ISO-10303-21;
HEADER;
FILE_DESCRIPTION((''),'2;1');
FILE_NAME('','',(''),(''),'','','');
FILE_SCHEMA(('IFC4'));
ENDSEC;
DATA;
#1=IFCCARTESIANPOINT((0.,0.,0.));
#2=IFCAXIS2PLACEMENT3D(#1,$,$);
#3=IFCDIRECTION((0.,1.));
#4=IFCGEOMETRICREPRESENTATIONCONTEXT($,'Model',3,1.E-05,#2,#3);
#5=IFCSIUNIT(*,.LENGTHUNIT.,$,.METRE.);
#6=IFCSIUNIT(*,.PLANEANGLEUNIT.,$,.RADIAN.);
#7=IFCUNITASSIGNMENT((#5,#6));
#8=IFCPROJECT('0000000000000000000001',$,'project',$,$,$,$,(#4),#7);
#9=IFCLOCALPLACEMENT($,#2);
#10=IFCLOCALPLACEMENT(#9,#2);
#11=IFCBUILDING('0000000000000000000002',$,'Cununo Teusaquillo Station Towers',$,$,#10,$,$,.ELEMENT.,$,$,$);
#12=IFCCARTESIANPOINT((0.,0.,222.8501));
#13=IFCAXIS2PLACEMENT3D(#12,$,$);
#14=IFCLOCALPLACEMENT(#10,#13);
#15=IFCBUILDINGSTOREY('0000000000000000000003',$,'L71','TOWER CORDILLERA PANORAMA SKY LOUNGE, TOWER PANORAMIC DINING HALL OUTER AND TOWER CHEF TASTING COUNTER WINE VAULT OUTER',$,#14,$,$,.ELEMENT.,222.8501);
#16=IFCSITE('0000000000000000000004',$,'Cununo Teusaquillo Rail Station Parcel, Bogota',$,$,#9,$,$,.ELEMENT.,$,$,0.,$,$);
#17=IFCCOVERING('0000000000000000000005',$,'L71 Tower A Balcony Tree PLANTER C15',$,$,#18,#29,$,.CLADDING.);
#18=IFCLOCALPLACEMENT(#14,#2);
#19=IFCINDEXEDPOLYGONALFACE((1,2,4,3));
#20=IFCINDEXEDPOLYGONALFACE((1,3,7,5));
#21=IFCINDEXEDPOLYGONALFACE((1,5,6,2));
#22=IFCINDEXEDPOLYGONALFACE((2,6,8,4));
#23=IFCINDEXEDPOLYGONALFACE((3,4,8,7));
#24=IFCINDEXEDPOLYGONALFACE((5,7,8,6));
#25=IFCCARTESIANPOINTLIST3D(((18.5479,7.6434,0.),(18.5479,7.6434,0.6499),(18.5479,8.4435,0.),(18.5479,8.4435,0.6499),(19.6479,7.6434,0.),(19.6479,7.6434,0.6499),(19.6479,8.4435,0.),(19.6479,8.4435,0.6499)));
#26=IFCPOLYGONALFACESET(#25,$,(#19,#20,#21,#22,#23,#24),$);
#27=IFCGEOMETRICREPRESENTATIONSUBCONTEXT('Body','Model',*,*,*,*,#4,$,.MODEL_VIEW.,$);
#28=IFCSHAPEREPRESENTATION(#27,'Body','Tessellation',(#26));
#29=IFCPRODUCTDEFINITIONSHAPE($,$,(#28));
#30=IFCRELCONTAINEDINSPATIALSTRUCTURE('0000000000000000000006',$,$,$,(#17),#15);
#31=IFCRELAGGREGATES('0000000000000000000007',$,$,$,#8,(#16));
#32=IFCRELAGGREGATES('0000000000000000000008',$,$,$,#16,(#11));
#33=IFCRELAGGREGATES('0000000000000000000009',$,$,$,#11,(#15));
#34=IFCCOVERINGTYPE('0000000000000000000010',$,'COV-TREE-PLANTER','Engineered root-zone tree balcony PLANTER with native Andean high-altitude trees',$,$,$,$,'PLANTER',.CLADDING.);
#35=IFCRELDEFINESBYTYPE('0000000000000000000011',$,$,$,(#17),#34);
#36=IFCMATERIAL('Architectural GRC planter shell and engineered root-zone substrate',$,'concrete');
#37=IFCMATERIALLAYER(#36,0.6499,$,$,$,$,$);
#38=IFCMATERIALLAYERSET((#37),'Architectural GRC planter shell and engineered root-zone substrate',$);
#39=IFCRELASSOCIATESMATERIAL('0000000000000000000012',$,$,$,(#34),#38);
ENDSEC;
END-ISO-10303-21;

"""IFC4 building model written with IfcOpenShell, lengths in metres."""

from ifc_helpers import new_model, si_unit, direction, frame, origin, origin_2d, place, context, subcontext, project, spatial, rectangle, extrude, source, transform, mapped, material, layer, layer_set, type_object, element, save


model = new_model("IFC4")

# Units and contexts
model_context = context("Model", 3, precision=1e-05, world=origin(), true_north=direction((0.0, 1.0)))
body_context = subcontext(model_context, "Body", "Model", "MODEL_VIEW")
ifc_project = project(units=[si_unit("LENGTHUNIT", "METRE"), si_unit("PLANEANGLEUNIT", "RADIAN")], contexts=[model_context])

# Site, building, storey
site_placement = place(None, origin())
site = spatial("IfcSite", under=ifc_project, at=site_placement, Name="Cununo Teusaquillo Rail Station Parcel, Bogota", CompositionType="ELEMENT", RefElevation=0.0)
building_placement = place(site_placement, origin())
building = spatial("IfcBuilding", under=site, at=building_placement, Name="Cununo Teusaquillo Station Towers", CompositionType="ELEMENT")
storey_placement = place(building_placement, frame((0.0, 0.0, 222.8501)))
storey = spatial("IfcBuildingStorey", under=building, at=storey_placement, Name="L71", Description="TOWER CORDILLERA PANORAMA SKY LOUNGE, TOWER PANORAMIC DINING HALL OUTER AND TOWER CHEF TASTING COUNTER WINE VAULT OUTER", CompositionType="ELEMENT", Elevation=222.8501)

# Covering
ifc_material_1 = material(Name="Architectural GRC planter shell and engineered root-zone substrate", Category="concrete")
ifc_layer_1 = layer(ifc_material_1, 0.6499)
ifc_layer_set_1 = layer_set([ifc_layer_1], Name="Architectural GRC planter shell and engineered root-zone substrate")
covering_type = type_object("IfcCoveringType", Name="COV-TREE-PLANTER", Description="Engineered root-zone tree balcony PLANTER with native Andean high-altitude trees", ElementType="PLANTER", PredefinedType="CLADDING", material=ifc_layer_set_1)
shared_shape_1 = source(origin(), body_context, "Body", "SweptSolid", [
    extrude(rectangle(XDim=1.1001, YDim=0.8, at=origin_2d()), origin(), (0.0, 0.0, 1.0), 0.6499),
])
covering_placement = place(storey_placement, frame((19.0979, 8.0435, 0.0), z_axis=(0.0, 0.0, 1.0), x_axis=(1.0, 0.0, 0.0)))
element("IfcCovering", 1, at=covering_placement, inside=storey, type_object=covering_type, Name="L71 Tower A Balcony Tree PLANTER C15", PredefinedType="CLADDING", context=body_context, shape_type="MappedRepresentation", body=[
    mapped(shared_shape_1, transform((0.0, 0.0, 0.0), x_axis=(1.0, 0.0, 0.0), y_axis=(0.0, 1.0, 0.0), z_axis=(0.0, 0.0, 1.0), scale=1.0)),
])

save(model, "model.ifc")
